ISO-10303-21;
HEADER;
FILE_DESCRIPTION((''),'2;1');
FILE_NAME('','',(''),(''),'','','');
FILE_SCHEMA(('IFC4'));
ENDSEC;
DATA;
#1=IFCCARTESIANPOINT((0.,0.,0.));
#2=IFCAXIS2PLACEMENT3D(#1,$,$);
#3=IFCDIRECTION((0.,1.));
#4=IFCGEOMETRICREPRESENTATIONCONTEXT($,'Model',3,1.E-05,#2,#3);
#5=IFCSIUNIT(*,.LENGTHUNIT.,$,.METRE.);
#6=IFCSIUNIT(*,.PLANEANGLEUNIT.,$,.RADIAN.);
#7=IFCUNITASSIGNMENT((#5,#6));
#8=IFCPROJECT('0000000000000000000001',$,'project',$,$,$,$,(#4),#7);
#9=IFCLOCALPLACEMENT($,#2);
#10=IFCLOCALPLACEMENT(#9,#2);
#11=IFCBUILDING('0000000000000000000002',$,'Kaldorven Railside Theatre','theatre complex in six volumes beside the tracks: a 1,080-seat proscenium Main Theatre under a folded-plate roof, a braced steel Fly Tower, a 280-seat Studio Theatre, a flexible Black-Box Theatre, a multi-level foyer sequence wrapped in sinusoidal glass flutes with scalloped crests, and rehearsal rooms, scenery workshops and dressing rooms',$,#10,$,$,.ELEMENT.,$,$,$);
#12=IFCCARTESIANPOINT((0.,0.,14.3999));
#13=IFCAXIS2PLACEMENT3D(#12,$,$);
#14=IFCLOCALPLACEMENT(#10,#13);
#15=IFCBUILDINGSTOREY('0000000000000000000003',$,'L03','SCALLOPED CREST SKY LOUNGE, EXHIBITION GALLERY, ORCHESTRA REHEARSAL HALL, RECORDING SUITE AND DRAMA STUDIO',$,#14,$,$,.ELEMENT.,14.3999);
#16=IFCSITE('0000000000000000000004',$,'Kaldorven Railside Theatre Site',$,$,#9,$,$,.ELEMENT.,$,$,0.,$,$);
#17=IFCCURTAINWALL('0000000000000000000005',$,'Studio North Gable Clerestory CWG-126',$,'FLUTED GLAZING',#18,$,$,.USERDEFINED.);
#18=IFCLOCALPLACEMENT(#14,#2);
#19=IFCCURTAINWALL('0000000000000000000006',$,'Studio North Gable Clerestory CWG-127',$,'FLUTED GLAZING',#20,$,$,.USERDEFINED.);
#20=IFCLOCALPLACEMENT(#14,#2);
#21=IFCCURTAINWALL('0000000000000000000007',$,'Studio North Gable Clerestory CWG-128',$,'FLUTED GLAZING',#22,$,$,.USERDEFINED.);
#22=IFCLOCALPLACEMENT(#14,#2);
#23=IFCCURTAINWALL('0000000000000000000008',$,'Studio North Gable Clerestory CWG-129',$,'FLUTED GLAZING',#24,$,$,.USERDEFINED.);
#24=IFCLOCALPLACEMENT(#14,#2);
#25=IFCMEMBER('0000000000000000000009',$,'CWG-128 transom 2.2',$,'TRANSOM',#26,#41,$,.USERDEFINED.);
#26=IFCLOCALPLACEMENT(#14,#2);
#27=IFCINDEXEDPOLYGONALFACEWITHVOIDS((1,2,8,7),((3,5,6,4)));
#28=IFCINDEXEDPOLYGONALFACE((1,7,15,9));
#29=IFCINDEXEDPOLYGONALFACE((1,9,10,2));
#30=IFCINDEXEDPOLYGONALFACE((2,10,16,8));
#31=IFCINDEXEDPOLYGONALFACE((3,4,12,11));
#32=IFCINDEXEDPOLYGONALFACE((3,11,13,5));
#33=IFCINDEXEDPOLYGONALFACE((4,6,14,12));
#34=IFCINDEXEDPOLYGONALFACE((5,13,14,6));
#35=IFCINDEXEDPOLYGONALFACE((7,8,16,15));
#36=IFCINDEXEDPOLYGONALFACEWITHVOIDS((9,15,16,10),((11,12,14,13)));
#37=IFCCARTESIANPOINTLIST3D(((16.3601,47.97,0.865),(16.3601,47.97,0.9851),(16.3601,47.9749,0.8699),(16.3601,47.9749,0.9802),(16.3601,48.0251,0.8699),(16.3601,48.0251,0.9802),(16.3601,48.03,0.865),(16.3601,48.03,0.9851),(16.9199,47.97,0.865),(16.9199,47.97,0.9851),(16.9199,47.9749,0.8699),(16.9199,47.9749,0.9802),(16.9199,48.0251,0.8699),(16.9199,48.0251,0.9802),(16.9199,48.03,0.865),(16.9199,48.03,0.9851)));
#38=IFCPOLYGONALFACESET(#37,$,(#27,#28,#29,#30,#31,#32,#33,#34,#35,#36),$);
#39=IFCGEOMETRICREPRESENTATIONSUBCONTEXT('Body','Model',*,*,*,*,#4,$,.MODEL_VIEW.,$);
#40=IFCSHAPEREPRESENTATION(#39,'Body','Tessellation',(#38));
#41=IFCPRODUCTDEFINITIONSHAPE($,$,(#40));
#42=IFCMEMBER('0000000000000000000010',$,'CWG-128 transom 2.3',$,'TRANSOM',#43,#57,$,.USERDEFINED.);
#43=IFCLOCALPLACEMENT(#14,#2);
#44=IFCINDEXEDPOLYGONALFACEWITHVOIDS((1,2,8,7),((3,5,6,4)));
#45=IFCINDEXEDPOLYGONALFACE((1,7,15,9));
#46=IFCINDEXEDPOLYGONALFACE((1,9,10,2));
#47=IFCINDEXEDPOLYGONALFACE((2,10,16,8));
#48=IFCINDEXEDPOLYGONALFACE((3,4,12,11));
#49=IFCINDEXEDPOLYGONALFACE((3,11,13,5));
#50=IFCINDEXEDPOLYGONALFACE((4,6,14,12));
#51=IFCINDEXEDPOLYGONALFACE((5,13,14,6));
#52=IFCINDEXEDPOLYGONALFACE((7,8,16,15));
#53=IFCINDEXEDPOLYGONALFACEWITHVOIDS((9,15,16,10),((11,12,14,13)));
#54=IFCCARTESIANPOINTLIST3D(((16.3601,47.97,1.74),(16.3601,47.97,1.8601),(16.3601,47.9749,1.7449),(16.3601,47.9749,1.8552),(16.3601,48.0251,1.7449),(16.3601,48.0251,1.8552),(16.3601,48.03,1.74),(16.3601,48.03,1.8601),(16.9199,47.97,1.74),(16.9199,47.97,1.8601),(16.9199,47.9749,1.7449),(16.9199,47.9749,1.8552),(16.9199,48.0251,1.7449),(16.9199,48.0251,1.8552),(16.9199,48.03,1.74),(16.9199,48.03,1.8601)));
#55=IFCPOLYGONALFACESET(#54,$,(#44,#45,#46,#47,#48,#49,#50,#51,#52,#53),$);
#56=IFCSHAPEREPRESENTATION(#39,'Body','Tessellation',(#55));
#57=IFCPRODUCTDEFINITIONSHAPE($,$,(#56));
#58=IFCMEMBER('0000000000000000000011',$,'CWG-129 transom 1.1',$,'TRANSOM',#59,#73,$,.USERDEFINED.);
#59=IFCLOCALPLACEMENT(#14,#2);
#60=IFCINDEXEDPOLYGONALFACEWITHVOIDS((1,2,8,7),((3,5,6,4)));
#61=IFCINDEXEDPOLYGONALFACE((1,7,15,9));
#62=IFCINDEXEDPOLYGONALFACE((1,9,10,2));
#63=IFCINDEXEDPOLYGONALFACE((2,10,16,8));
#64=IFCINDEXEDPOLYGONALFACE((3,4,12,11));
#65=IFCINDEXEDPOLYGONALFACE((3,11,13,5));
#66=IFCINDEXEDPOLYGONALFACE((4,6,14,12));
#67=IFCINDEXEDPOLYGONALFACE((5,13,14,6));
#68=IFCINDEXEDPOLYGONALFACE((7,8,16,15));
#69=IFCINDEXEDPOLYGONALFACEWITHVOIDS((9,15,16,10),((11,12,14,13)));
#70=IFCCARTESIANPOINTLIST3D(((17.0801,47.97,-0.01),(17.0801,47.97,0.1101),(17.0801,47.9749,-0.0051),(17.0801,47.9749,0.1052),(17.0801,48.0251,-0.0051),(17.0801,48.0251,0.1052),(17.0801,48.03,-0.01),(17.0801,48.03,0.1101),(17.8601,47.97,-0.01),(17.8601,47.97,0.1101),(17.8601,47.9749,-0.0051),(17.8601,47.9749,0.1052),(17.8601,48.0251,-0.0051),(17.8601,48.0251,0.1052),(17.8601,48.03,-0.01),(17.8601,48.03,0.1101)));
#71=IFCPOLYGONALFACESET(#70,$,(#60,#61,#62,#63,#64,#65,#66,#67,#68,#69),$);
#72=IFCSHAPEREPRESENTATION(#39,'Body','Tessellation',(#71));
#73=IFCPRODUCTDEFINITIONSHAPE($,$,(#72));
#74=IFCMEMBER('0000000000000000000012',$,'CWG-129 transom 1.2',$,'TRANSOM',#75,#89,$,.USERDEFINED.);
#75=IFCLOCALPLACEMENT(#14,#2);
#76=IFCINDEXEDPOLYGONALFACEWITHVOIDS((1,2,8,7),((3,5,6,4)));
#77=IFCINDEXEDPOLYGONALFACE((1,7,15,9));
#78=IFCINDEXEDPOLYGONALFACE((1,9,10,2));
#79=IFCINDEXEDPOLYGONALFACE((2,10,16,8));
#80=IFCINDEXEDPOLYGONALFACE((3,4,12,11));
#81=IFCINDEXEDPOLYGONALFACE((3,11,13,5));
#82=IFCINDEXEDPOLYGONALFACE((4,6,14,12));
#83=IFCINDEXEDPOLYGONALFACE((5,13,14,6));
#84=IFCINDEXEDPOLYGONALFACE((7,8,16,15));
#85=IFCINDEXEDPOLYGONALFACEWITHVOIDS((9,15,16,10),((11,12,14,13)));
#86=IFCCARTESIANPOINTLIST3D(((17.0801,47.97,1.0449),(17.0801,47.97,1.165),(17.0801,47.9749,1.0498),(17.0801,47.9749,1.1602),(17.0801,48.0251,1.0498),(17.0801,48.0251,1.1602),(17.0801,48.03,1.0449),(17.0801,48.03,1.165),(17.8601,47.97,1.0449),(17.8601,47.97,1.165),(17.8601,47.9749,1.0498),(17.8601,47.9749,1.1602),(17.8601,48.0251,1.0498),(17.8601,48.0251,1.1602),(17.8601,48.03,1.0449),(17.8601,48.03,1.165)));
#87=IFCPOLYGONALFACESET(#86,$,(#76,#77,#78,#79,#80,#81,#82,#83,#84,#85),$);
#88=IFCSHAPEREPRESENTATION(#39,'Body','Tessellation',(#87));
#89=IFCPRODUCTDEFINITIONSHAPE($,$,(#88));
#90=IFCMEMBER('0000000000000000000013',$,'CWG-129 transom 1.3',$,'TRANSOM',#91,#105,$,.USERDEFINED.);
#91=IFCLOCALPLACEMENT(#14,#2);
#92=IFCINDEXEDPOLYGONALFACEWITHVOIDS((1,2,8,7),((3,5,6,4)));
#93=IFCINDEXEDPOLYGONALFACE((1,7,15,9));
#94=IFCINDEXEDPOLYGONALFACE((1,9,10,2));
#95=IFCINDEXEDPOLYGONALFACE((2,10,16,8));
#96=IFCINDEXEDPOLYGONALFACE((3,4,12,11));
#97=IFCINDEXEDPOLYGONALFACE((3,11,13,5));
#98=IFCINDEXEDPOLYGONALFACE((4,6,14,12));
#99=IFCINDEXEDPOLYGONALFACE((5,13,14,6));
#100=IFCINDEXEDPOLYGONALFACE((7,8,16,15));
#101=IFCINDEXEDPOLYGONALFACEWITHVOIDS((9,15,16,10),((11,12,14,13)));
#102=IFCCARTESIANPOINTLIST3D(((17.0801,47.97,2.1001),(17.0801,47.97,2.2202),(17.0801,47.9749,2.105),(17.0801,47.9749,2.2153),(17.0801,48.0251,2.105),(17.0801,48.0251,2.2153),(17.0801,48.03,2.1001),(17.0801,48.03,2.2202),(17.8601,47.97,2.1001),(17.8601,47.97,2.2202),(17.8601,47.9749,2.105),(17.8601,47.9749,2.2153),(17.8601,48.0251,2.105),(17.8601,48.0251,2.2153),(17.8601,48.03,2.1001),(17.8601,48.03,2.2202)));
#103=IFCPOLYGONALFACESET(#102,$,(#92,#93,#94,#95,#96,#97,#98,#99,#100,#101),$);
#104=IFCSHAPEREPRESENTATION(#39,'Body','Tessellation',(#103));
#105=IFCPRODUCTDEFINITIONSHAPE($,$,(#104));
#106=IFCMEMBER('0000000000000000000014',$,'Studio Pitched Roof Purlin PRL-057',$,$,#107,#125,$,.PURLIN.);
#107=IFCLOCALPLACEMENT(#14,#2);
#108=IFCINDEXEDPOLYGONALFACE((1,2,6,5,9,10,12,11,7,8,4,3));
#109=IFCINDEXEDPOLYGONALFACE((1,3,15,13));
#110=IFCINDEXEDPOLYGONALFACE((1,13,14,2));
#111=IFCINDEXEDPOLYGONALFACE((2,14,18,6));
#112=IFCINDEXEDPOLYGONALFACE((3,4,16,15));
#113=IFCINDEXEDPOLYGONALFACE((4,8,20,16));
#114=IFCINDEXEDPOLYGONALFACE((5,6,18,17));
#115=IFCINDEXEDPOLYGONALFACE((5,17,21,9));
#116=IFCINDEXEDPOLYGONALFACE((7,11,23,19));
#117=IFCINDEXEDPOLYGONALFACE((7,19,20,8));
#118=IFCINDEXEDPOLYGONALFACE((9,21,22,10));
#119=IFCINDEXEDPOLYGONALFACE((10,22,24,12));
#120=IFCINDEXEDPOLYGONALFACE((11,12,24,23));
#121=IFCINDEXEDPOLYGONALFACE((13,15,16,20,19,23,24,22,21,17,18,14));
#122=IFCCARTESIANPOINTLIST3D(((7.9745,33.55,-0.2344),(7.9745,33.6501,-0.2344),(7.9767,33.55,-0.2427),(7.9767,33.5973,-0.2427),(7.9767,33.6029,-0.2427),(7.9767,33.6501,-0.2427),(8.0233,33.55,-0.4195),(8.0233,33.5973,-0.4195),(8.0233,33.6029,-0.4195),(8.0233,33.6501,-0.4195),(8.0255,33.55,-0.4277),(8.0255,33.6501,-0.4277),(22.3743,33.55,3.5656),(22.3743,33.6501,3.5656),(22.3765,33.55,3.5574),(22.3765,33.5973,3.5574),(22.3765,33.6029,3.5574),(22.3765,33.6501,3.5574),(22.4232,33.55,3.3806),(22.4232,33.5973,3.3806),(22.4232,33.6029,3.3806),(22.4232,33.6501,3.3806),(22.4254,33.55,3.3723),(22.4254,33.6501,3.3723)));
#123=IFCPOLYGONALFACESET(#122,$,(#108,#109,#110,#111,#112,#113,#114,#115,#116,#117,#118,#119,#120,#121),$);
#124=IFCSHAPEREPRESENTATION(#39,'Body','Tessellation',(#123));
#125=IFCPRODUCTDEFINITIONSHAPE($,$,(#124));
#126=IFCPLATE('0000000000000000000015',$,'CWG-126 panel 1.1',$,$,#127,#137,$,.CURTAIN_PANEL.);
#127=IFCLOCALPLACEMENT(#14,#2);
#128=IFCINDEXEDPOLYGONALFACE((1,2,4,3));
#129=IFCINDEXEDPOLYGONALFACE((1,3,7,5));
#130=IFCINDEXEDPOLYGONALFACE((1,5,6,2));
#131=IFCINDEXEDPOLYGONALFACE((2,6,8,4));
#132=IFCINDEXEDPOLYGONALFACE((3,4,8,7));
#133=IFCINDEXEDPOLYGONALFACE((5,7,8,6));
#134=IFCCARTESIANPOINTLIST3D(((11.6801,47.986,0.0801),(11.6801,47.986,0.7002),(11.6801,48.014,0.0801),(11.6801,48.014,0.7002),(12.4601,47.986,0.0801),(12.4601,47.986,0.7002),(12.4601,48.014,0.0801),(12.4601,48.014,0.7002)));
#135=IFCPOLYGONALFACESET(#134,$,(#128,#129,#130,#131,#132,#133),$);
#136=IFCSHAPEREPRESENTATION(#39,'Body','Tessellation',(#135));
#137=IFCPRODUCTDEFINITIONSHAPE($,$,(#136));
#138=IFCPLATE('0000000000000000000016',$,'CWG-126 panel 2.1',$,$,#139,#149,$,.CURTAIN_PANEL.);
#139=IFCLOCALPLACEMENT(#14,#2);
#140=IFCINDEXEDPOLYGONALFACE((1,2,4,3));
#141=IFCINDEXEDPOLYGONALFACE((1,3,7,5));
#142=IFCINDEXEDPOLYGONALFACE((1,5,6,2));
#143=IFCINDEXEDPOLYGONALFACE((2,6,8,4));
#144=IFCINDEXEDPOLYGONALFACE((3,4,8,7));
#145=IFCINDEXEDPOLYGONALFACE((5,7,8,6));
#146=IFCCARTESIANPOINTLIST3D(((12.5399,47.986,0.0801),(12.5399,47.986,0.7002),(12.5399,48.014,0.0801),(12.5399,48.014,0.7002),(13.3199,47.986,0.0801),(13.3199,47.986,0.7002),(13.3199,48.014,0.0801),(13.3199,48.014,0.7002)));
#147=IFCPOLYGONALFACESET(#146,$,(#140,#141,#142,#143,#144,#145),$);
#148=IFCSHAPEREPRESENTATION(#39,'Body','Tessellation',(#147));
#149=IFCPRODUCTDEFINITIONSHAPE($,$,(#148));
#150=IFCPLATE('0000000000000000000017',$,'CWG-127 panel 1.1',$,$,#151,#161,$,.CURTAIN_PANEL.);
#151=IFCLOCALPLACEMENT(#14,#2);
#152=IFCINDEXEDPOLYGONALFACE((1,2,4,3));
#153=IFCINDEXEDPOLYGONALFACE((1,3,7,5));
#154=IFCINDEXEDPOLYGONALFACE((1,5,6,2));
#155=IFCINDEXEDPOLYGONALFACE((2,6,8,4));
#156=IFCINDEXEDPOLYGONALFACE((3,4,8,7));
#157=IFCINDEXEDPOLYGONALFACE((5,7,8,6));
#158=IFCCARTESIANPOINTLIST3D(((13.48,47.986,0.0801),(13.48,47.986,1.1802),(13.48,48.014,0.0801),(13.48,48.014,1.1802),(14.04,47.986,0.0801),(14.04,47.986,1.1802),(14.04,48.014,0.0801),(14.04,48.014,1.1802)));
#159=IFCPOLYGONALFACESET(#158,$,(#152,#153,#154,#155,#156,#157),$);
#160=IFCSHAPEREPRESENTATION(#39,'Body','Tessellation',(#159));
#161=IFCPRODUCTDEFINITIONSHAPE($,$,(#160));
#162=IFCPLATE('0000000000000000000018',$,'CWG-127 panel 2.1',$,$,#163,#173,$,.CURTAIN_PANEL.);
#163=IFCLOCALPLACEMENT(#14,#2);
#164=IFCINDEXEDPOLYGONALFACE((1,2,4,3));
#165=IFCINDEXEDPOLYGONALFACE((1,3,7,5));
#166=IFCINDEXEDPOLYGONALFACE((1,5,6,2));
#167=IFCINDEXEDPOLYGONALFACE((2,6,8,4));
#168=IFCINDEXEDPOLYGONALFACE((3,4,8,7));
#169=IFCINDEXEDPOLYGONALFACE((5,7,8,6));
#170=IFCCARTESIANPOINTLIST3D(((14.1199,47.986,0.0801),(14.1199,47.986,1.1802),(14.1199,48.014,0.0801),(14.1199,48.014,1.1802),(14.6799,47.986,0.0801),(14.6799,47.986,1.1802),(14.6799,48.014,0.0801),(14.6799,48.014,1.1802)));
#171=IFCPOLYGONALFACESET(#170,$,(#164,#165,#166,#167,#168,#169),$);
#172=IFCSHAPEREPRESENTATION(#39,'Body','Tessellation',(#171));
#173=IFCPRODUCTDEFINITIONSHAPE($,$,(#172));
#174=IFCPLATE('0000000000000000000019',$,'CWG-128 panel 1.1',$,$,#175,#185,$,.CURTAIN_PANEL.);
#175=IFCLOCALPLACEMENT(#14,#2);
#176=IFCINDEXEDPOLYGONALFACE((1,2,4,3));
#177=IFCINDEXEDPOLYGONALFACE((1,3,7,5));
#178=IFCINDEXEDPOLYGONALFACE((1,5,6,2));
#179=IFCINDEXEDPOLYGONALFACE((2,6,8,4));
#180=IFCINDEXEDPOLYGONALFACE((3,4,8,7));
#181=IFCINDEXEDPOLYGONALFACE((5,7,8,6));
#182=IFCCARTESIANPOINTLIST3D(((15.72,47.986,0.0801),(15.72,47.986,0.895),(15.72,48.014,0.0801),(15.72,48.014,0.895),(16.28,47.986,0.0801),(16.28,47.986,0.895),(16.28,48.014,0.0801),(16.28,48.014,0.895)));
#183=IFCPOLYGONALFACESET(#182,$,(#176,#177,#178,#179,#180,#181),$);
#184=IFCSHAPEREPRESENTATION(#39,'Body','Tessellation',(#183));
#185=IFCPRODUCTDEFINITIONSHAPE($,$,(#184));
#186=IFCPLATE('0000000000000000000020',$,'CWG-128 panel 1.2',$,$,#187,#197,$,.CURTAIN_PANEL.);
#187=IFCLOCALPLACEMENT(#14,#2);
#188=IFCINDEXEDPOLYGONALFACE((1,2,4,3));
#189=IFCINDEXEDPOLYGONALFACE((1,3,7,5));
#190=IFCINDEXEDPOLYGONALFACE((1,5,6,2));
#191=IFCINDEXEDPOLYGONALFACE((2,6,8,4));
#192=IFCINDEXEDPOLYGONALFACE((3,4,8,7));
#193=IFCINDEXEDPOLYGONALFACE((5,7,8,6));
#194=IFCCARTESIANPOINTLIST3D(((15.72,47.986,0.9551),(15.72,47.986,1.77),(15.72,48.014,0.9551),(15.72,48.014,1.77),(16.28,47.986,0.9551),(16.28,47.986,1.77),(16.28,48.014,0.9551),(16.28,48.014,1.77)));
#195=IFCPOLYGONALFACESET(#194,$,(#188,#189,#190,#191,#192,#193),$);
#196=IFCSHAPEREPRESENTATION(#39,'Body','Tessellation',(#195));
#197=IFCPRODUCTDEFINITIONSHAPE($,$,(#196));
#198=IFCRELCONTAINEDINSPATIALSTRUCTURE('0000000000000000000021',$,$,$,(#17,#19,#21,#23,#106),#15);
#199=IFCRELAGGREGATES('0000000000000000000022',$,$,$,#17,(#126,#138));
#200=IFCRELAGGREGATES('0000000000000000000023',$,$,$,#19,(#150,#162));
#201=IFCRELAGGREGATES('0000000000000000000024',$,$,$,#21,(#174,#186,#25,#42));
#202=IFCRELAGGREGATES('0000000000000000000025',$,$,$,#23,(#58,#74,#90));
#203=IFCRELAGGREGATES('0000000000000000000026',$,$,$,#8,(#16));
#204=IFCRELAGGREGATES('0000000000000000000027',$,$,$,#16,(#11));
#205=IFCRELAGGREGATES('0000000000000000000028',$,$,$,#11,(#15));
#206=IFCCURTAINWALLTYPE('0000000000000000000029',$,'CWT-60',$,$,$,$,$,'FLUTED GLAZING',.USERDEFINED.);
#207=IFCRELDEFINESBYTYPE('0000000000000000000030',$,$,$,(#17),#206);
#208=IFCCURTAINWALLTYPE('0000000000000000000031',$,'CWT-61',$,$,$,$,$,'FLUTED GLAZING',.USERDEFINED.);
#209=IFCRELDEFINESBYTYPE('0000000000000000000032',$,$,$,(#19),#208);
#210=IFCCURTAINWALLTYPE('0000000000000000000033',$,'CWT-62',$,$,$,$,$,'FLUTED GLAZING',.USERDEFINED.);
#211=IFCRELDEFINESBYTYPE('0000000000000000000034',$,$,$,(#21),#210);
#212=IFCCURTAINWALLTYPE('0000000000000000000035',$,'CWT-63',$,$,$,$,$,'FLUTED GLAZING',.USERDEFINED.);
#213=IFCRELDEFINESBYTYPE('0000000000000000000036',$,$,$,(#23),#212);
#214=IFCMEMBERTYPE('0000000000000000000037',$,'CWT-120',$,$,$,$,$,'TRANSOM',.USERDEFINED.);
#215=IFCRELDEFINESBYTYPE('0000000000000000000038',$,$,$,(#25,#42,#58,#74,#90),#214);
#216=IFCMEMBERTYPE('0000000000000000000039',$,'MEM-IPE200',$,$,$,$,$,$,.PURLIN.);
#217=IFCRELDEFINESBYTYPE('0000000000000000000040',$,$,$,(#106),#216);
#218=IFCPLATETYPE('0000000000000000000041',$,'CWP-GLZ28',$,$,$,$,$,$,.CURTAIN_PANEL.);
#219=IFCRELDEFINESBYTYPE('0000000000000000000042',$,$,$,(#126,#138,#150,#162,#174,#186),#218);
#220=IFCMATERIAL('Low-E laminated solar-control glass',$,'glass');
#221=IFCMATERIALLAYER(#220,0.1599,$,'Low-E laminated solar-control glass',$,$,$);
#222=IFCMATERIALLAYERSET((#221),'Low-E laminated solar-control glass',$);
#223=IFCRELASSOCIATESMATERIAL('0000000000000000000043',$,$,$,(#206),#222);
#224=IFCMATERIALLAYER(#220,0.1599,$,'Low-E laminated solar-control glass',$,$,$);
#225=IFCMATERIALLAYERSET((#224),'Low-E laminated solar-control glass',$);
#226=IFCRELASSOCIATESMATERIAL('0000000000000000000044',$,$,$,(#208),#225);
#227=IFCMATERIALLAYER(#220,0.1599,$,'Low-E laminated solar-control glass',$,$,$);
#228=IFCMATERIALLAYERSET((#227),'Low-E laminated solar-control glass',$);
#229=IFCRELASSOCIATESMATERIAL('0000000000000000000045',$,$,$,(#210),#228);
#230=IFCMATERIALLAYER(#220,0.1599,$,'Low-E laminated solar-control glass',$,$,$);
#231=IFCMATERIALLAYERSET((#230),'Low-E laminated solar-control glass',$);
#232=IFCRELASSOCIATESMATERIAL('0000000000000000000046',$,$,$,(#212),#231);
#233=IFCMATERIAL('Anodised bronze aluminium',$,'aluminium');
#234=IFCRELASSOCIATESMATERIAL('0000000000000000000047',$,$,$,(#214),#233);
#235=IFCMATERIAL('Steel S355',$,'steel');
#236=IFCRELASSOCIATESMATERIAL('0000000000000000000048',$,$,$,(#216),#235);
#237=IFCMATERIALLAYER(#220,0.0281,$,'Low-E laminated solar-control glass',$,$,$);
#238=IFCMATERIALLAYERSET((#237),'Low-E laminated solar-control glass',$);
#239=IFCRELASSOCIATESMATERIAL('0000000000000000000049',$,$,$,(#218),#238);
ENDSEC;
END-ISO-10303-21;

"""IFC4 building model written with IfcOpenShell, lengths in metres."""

from ifc_helpers import new_model, si_unit, direction, frame, origin, origin_2d, place, context, subcontext, project, spatial, rectangle, hollow_rectangle, i_section, extrude, material, layer, layer_set, material_profile, profile_set, type_object, element, aggregate, save


model = new_model("IFC4")

# Units and contexts
model_context = context("Model", 3, precision=1e-05, world=origin(), true_north=direction((0.0, 1.0)))
body_context = subcontext(model_context, "Body", "Model", "MODEL_VIEW")
ifc_project = project(units=[si_unit("LENGTHUNIT", "METRE"), si_unit("PLANEANGLEUNIT", "RADIAN")], contexts=[model_context])

# Site, building, storey
site_placement = place(None, origin())
site = spatial("IfcSite", under=ifc_project, at=site_placement, Name="Kaldorven Railside Theatre Site", CompositionType="ELEMENT", RefElevation=0.0)
building_placement = place(site_placement, origin())
building = spatial("IfcBuilding", under=site, at=building_placement, Name="Kaldorven Railside Theatre", Description="theatre complex in six volumes beside the tracks: a 1,080-seat proscenium Main Theatre under a folded-plate roof, a braced steel Fly Tower, a 280-seat Studio Theatre, a flexible Black-Box Theatre, a multi-level foyer sequence wrapped in sinusoidal glass flutes with scalloped crests, and rehearsal rooms, scenery workshops and dressing rooms", CompositionType="ELEMENT")
storey_placement = place(building_placement, frame((0.0, 0.0, 14.3999)))
storey = spatial("IfcBuildingStorey", under=building, at=storey_placement, Name="L03", Description="SCALLOPED CREST SKY LOUNGE, EXHIBITION GALLERY, ORCHESTRA REHEARSAL HALL, RECORDING SUITE AND DRAMA STUDIO", CompositionType="ELEMENT", Elevation=14.3999)

# Curtain walls
ifc_material_1 = material(Name="Low-E laminated solar-control glass", Category="glass")
ifc_layer_1 = layer(ifc_material_1, 0.1599, Name="Low-E laminated solar-control glass")
ifc_layer_set_1 = layer_set([ifc_layer_1], Name="Low-E laminated solar-control glass")
curtain_wall_type_1 = type_object("IfcCurtainWallType", Name="CWT-60", ElementType="FLUTED GLAZING", PredefinedType="USERDEFINED", material=ifc_layer_set_1)
curtain_wall_1_placement = place(storey_placement, origin())
curtain_wall_1 = element("IfcCurtainWall", 1, at=curtain_wall_1_placement, inside=storey, type_object=curtain_wall_type_1, Name="Studio North Gable Clerestory CWG-126", ObjectType="FLUTED GLAZING", PredefinedType="USERDEFINED")
ifc_material_2 = material(Name="Anodised bronze aluminium", Category="aluminium")
ifc_layer_2 = layer(ifc_material_1, 0.1599, Name="Low-E laminated solar-control glass")
ifc_layer_set_2 = layer_set([ifc_layer_2], Name="Low-E laminated solar-control glass")
curtain_wall_type_2 = type_object("IfcCurtainWallType", Name="CWT-61", ElementType="FLUTED GLAZING", PredefinedType="USERDEFINED", material=ifc_layer_set_2)
curtain_wall_2_placement = place(storey_placement, origin())
curtain_wall_2 = element("IfcCurtainWall", 2, at=curtain_wall_2_placement, inside=storey, type_object=curtain_wall_type_2, Name="Studio North Gable Clerestory CWG-127", ObjectType="FLUTED GLAZING", PredefinedType="USERDEFINED")
ifc_layer_3 = layer(ifc_material_1, 0.1599, Name="Low-E laminated solar-control glass")
ifc_layer_set_3 = layer_set([ifc_layer_3], Name="Low-E laminated solar-control glass")
curtain_wall_type_3 = type_object("IfcCurtainWallType", Name="CWT-62", ElementType="FLUTED GLAZING", PredefinedType="USERDEFINED", material=ifc_layer_set_3)
curtain_wall_3_placement = place(storey_placement, origin())
curtain_wall_3 = element("IfcCurtainWall", 3, at=curtain_wall_3_placement, inside=storey, type_object=curtain_wall_type_3, Name="Studio North Gable Clerestory CWG-128", ObjectType="FLUTED GLAZING", PredefinedType="USERDEFINED")

# Curtain wall
ifc_layer_4 = layer(ifc_material_1, 0.1599, Name="Low-E laminated solar-control glass")
ifc_layer_set_4 = layer_set([ifc_layer_4], Name="Low-E laminated solar-control glass")
curtain_wall_type_4 = type_object("IfcCurtainWallType", Name="CWT-63", ElementType="FLUTED GLAZING", PredefinedType="USERDEFINED", material=ifc_layer_set_4)
curtain_wall_4_placement = place(storey_placement, origin())
curtain_wall_4 = element("IfcCurtainWall", 4, at=curtain_wall_4_placement, inside=storey, type_object=curtain_wall_type_4, Name="Studio North Gable Clerestory CWG-129", ObjectType="FLUTED GLAZING", PredefinedType="USERDEFINED")

# Members
ifc_material_profile_1 = material_profile(ifc_material_2, hollow_rectangle(XDim=0.0601, YDim=0.1201, WallThickness=0.0049, at=origin_2d()), Name="RHS 120x60x5")
ifc_profile_set_1 = profile_set([ifc_material_profile_1], Name="Anodised bronze aluminium")
member_type_1 = type_object("IfcMemberType", Name="CWT-120", ElementType="TRANSOM", PredefinedType="USERDEFINED", material=ifc_profile_set_1)
member_1_placement = place(storey_placement, frame((16.3601, 48.0, 0.925), z_axis=(1.0, 0.0, 0.0), x_axis=(0.0, 1.0, 0.0)))
member_1 = element("IfcMember", 5, at=member_1_placement, type_object=member_type_1, Name="CWG-128 transom 2.2", ObjectType="TRANSOM", PredefinedType="USERDEFINED", context=body_context, shape_type="SweptSolid", body=[
    extrude(hollow_rectangle(XDim=0.0601, YDim=0.1201, WallThickness=0.0049, at=origin_2d()), origin(), (0.0, 0.0, 1.0), 0.5598),
])
member_2_placement = place(storey_placement, frame((16.3601, 48.0, 1.8), z_axis=(1.0, 0.0, 0.0), x_axis=(0.0, 1.0, 0.0)))
member_2 = element("IfcMember", 6, at=member_2_placement, type_object=member_type_1, Name="CWG-128 transom 2.3", ObjectType="TRANSOM", PredefinedType="USERDEFINED", context=body_context, shape_type="SweptSolid", body=[
    extrude(hollow_rectangle(XDim=0.0601, YDim=0.1201, WallThickness=0.0049, at=origin_2d()), origin(), (0.0, 0.0, 1.0), 0.5598),
])
member_3_placement = place(storey_placement, frame((17.0801, 48.0, 0.05), z_axis=(1.0, 0.0, 0.0), x_axis=(0.0, 1.0, 0.0)))
member_3 = element("IfcMember", 7, at=member_3_placement, type_object=member_type_1, Name="CWG-129 transom 1.1", ObjectType="TRANSOM", PredefinedType="USERDEFINED", context=body_context, shape_type="SweptSolid", body=[
    extrude(hollow_rectangle(XDim=0.0601, YDim=0.1201, WallThickness=0.0049, at=origin_2d()), origin(), (0.0, 0.0, 1.0), 0.78),
])
member_4_placement = place(storey_placement, frame((17.0801, 48.0, 1.105), z_axis=(1.0, 0.0, 0.0), x_axis=(0.0, 1.0, 0.0)))
member_4 = element("IfcMember", 8, at=member_4_placement, type_object=member_type_1, Name="CWG-129 transom 1.2", ObjectType="TRANSOM", PredefinedType="USERDEFINED", context=body_context, shape_type="SweptSolid", body=[
    extrude(hollow_rectangle(XDim=0.0601, YDim=0.1201, WallThickness=0.0049, at=origin_2d()), origin(), (0.0, 0.0, 1.0), 0.78),
])
member_5_placement = place(storey_placement, frame((17.0801, 48.0, 2.1602), z_axis=(1.0, 0.0, 0.0), x_axis=(0.0, 1.0, 0.0)))
member_5 = element("IfcMember", 9, at=member_5_placement, type_object=member_type_1, Name="CWG-129 transom 1.3", ObjectType="TRANSOM", PredefinedType="USERDEFINED", context=body_context, shape_type="SweptSolid", body=[
    extrude(hollow_rectangle(XDim=0.0601, YDim=0.1201, WallThickness=0.0049, at=origin_2d()), origin(), (0.0, 0.0, 1.0), 0.78),
])
ifc_material_3 = material(Name="Steel S355", Category="steel")
ifc_material_profile_2 = material_profile(ifc_material_3, i_section(OverallWidth=0.1001, OverallDepth=0.2, WebThickness=0.0056, FlangeThickness=0.0085, at=origin_2d()), Name="IPE 200")
ifc_profile_set_2 = profile_set([ifc_material_profile_2], Name="Steel S355")
member_type_2 = type_object("IfcMemberType", Name="MEM-IPE200", PredefinedType="PURLIN", material=ifc_profile_set_2)
member_6_placement = place(storey_placement, frame((8.0, 33.6001, -0.3311), z_axis=(0.966899, 0.0, 0.255159), x_axis=(0.0, 1.0, 0.0)))
element("IfcMember", 10, at=member_6_placement, inside=storey, type_object=member_type_2, Name="Studio Pitched Roof Purlin PRL-057", PredefinedType="PURLIN", context=body_context, shape_type="SweptSolid", body=[
    extrude(i_section(OverallWidth=0.1001, OverallDepth=0.2, WebThickness=0.0056, FlangeThickness=0.0085, at=origin_2d()), origin(), (0.0, 0.0, 1.0), 14.8928),
])

# Plates
ifc_layer_5 = layer(ifc_material_1, 0.0281, Name="Low-E laminated solar-control glass")
ifc_layer_set_5 = layer_set([ifc_layer_5], Name="Low-E laminated solar-control glass")
plate_type = type_object("IfcPlateType", Name="CWP-GLZ28", PredefinedType="CURTAIN_PANEL", material=ifc_layer_set_5)
plate_1_placement = place(storey_placement, frame((12.0701, 48.0, 0.0801), z_axis=(0.0, 0.0, 1.0), x_axis=(1.0, 0.0, 0.0)))
plate_1 = element("IfcPlate", 11, at=plate_1_placement, type_object=plate_type, Name="CWG-126 panel 1.1", PredefinedType="CURTAIN_PANEL", context=body_context, shape_type="SweptSolid", body=[
    extrude(rectangle(XDim=0.78, YDim=0.0281, at=origin_2d()), origin(), (0.0, 0.0, 1.0), 0.6201),
])
plate_2_placement = place(storey_placement, frame((12.9299, 48.0, 0.0801), z_axis=(0.0, 0.0, 1.0), x_axis=(1.0, 0.0, 0.0)))
plate_2 = element("IfcPlate", 12, at=plate_2_placement, type_object=plate_type, Name="CWG-126 panel 2.1", PredefinedType="CURTAIN_PANEL", context=body_context, shape_type="SweptSolid", body=[
    extrude(rectangle(XDim=0.78, YDim=0.0281, at=origin_2d()), origin(), (0.0, 0.0, 1.0), 0.6201),
])
aggregate(curtain_wall_1, [plate_1, plate_2])
plate_3_placement = place(storey_placement, frame((13.76, 48.0, 0.0801), z_axis=(0.0, 0.0, 1.0), x_axis=(1.0, 0.0, 0.0)))
plate_3 = element("IfcPlate", 13, at=plate_3_placement, type_object=plate_type, Name="CWG-127 panel 1.1", PredefinedType="CURTAIN_PANEL", context=body_context, shape_type="SweptSolid", body=[
    extrude(rectangle(XDim=0.5601, YDim=0.0281, at=origin_2d()), origin(), (0.0, 0.0, 1.0), 1.1001),
])
plate_4_placement = place(storey_placement, frame((14.3999, 48.0, 0.0801), z_axis=(0.0, 0.0, 1.0), x_axis=(1.0, 0.0, 0.0)))
plate_4 = element("IfcPlate", 14, at=plate_4_placement, type_object=plate_type, Name="CWG-127 panel 2.1", PredefinedType="CURTAIN_PANEL", context=body_context, shape_type="SweptSolid", body=[
    extrude(rectangle(XDim=0.5601, YDim=0.0281, at=origin_2d()), origin(), (0.0, 0.0, 1.0), 1.1001),
])
aggregate(curtain_wall_2, [plate_3, plate_4])
plate_5_placement = place(storey_placement, frame((16.0, 48.0, 0.0801), z_axis=(0.0, 0.0, 1.0), x_axis=(1.0, 0.0, 0.0)))
plate_5 = element("IfcPlate", 15, at=plate_5_placement, type_object=plate_type, Name="CWG-128 panel 1.1", PredefinedType="CURTAIN_PANEL", context=body_context, shape_type="SweptSolid", body=[
    extrude(rectangle(XDim=0.5601, YDim=0.0281, at=origin_2d()), origin(), (0.0, 0.0, 1.0), 0.8149),
])
plate_6_placement = place(storey_placement, frame((16.0, 48.0, 0.9551), z_axis=(0.0, 0.0, 1.0), x_axis=(1.0, 0.0, 0.0)))
plate_6 = element("IfcPlate", 16, at=plate_6_placement, type_object=plate_type, Name="CWG-128 panel 1.2", PredefinedType="CURTAIN_PANEL", context=body_context, shape_type="SweptSolid", body=[
    extrude(rectangle(XDim=0.5601, YDim=0.0281, at=origin_2d()), origin(), (0.0, 0.0, 1.0), 0.8149),
])
aggregate(curtain_wall_3, [plate_5, plate_6, member_1, member_2])
aggregate(curtain_wall_4, [member_3, member_4, member_5])

save(model, "model.ifc")
